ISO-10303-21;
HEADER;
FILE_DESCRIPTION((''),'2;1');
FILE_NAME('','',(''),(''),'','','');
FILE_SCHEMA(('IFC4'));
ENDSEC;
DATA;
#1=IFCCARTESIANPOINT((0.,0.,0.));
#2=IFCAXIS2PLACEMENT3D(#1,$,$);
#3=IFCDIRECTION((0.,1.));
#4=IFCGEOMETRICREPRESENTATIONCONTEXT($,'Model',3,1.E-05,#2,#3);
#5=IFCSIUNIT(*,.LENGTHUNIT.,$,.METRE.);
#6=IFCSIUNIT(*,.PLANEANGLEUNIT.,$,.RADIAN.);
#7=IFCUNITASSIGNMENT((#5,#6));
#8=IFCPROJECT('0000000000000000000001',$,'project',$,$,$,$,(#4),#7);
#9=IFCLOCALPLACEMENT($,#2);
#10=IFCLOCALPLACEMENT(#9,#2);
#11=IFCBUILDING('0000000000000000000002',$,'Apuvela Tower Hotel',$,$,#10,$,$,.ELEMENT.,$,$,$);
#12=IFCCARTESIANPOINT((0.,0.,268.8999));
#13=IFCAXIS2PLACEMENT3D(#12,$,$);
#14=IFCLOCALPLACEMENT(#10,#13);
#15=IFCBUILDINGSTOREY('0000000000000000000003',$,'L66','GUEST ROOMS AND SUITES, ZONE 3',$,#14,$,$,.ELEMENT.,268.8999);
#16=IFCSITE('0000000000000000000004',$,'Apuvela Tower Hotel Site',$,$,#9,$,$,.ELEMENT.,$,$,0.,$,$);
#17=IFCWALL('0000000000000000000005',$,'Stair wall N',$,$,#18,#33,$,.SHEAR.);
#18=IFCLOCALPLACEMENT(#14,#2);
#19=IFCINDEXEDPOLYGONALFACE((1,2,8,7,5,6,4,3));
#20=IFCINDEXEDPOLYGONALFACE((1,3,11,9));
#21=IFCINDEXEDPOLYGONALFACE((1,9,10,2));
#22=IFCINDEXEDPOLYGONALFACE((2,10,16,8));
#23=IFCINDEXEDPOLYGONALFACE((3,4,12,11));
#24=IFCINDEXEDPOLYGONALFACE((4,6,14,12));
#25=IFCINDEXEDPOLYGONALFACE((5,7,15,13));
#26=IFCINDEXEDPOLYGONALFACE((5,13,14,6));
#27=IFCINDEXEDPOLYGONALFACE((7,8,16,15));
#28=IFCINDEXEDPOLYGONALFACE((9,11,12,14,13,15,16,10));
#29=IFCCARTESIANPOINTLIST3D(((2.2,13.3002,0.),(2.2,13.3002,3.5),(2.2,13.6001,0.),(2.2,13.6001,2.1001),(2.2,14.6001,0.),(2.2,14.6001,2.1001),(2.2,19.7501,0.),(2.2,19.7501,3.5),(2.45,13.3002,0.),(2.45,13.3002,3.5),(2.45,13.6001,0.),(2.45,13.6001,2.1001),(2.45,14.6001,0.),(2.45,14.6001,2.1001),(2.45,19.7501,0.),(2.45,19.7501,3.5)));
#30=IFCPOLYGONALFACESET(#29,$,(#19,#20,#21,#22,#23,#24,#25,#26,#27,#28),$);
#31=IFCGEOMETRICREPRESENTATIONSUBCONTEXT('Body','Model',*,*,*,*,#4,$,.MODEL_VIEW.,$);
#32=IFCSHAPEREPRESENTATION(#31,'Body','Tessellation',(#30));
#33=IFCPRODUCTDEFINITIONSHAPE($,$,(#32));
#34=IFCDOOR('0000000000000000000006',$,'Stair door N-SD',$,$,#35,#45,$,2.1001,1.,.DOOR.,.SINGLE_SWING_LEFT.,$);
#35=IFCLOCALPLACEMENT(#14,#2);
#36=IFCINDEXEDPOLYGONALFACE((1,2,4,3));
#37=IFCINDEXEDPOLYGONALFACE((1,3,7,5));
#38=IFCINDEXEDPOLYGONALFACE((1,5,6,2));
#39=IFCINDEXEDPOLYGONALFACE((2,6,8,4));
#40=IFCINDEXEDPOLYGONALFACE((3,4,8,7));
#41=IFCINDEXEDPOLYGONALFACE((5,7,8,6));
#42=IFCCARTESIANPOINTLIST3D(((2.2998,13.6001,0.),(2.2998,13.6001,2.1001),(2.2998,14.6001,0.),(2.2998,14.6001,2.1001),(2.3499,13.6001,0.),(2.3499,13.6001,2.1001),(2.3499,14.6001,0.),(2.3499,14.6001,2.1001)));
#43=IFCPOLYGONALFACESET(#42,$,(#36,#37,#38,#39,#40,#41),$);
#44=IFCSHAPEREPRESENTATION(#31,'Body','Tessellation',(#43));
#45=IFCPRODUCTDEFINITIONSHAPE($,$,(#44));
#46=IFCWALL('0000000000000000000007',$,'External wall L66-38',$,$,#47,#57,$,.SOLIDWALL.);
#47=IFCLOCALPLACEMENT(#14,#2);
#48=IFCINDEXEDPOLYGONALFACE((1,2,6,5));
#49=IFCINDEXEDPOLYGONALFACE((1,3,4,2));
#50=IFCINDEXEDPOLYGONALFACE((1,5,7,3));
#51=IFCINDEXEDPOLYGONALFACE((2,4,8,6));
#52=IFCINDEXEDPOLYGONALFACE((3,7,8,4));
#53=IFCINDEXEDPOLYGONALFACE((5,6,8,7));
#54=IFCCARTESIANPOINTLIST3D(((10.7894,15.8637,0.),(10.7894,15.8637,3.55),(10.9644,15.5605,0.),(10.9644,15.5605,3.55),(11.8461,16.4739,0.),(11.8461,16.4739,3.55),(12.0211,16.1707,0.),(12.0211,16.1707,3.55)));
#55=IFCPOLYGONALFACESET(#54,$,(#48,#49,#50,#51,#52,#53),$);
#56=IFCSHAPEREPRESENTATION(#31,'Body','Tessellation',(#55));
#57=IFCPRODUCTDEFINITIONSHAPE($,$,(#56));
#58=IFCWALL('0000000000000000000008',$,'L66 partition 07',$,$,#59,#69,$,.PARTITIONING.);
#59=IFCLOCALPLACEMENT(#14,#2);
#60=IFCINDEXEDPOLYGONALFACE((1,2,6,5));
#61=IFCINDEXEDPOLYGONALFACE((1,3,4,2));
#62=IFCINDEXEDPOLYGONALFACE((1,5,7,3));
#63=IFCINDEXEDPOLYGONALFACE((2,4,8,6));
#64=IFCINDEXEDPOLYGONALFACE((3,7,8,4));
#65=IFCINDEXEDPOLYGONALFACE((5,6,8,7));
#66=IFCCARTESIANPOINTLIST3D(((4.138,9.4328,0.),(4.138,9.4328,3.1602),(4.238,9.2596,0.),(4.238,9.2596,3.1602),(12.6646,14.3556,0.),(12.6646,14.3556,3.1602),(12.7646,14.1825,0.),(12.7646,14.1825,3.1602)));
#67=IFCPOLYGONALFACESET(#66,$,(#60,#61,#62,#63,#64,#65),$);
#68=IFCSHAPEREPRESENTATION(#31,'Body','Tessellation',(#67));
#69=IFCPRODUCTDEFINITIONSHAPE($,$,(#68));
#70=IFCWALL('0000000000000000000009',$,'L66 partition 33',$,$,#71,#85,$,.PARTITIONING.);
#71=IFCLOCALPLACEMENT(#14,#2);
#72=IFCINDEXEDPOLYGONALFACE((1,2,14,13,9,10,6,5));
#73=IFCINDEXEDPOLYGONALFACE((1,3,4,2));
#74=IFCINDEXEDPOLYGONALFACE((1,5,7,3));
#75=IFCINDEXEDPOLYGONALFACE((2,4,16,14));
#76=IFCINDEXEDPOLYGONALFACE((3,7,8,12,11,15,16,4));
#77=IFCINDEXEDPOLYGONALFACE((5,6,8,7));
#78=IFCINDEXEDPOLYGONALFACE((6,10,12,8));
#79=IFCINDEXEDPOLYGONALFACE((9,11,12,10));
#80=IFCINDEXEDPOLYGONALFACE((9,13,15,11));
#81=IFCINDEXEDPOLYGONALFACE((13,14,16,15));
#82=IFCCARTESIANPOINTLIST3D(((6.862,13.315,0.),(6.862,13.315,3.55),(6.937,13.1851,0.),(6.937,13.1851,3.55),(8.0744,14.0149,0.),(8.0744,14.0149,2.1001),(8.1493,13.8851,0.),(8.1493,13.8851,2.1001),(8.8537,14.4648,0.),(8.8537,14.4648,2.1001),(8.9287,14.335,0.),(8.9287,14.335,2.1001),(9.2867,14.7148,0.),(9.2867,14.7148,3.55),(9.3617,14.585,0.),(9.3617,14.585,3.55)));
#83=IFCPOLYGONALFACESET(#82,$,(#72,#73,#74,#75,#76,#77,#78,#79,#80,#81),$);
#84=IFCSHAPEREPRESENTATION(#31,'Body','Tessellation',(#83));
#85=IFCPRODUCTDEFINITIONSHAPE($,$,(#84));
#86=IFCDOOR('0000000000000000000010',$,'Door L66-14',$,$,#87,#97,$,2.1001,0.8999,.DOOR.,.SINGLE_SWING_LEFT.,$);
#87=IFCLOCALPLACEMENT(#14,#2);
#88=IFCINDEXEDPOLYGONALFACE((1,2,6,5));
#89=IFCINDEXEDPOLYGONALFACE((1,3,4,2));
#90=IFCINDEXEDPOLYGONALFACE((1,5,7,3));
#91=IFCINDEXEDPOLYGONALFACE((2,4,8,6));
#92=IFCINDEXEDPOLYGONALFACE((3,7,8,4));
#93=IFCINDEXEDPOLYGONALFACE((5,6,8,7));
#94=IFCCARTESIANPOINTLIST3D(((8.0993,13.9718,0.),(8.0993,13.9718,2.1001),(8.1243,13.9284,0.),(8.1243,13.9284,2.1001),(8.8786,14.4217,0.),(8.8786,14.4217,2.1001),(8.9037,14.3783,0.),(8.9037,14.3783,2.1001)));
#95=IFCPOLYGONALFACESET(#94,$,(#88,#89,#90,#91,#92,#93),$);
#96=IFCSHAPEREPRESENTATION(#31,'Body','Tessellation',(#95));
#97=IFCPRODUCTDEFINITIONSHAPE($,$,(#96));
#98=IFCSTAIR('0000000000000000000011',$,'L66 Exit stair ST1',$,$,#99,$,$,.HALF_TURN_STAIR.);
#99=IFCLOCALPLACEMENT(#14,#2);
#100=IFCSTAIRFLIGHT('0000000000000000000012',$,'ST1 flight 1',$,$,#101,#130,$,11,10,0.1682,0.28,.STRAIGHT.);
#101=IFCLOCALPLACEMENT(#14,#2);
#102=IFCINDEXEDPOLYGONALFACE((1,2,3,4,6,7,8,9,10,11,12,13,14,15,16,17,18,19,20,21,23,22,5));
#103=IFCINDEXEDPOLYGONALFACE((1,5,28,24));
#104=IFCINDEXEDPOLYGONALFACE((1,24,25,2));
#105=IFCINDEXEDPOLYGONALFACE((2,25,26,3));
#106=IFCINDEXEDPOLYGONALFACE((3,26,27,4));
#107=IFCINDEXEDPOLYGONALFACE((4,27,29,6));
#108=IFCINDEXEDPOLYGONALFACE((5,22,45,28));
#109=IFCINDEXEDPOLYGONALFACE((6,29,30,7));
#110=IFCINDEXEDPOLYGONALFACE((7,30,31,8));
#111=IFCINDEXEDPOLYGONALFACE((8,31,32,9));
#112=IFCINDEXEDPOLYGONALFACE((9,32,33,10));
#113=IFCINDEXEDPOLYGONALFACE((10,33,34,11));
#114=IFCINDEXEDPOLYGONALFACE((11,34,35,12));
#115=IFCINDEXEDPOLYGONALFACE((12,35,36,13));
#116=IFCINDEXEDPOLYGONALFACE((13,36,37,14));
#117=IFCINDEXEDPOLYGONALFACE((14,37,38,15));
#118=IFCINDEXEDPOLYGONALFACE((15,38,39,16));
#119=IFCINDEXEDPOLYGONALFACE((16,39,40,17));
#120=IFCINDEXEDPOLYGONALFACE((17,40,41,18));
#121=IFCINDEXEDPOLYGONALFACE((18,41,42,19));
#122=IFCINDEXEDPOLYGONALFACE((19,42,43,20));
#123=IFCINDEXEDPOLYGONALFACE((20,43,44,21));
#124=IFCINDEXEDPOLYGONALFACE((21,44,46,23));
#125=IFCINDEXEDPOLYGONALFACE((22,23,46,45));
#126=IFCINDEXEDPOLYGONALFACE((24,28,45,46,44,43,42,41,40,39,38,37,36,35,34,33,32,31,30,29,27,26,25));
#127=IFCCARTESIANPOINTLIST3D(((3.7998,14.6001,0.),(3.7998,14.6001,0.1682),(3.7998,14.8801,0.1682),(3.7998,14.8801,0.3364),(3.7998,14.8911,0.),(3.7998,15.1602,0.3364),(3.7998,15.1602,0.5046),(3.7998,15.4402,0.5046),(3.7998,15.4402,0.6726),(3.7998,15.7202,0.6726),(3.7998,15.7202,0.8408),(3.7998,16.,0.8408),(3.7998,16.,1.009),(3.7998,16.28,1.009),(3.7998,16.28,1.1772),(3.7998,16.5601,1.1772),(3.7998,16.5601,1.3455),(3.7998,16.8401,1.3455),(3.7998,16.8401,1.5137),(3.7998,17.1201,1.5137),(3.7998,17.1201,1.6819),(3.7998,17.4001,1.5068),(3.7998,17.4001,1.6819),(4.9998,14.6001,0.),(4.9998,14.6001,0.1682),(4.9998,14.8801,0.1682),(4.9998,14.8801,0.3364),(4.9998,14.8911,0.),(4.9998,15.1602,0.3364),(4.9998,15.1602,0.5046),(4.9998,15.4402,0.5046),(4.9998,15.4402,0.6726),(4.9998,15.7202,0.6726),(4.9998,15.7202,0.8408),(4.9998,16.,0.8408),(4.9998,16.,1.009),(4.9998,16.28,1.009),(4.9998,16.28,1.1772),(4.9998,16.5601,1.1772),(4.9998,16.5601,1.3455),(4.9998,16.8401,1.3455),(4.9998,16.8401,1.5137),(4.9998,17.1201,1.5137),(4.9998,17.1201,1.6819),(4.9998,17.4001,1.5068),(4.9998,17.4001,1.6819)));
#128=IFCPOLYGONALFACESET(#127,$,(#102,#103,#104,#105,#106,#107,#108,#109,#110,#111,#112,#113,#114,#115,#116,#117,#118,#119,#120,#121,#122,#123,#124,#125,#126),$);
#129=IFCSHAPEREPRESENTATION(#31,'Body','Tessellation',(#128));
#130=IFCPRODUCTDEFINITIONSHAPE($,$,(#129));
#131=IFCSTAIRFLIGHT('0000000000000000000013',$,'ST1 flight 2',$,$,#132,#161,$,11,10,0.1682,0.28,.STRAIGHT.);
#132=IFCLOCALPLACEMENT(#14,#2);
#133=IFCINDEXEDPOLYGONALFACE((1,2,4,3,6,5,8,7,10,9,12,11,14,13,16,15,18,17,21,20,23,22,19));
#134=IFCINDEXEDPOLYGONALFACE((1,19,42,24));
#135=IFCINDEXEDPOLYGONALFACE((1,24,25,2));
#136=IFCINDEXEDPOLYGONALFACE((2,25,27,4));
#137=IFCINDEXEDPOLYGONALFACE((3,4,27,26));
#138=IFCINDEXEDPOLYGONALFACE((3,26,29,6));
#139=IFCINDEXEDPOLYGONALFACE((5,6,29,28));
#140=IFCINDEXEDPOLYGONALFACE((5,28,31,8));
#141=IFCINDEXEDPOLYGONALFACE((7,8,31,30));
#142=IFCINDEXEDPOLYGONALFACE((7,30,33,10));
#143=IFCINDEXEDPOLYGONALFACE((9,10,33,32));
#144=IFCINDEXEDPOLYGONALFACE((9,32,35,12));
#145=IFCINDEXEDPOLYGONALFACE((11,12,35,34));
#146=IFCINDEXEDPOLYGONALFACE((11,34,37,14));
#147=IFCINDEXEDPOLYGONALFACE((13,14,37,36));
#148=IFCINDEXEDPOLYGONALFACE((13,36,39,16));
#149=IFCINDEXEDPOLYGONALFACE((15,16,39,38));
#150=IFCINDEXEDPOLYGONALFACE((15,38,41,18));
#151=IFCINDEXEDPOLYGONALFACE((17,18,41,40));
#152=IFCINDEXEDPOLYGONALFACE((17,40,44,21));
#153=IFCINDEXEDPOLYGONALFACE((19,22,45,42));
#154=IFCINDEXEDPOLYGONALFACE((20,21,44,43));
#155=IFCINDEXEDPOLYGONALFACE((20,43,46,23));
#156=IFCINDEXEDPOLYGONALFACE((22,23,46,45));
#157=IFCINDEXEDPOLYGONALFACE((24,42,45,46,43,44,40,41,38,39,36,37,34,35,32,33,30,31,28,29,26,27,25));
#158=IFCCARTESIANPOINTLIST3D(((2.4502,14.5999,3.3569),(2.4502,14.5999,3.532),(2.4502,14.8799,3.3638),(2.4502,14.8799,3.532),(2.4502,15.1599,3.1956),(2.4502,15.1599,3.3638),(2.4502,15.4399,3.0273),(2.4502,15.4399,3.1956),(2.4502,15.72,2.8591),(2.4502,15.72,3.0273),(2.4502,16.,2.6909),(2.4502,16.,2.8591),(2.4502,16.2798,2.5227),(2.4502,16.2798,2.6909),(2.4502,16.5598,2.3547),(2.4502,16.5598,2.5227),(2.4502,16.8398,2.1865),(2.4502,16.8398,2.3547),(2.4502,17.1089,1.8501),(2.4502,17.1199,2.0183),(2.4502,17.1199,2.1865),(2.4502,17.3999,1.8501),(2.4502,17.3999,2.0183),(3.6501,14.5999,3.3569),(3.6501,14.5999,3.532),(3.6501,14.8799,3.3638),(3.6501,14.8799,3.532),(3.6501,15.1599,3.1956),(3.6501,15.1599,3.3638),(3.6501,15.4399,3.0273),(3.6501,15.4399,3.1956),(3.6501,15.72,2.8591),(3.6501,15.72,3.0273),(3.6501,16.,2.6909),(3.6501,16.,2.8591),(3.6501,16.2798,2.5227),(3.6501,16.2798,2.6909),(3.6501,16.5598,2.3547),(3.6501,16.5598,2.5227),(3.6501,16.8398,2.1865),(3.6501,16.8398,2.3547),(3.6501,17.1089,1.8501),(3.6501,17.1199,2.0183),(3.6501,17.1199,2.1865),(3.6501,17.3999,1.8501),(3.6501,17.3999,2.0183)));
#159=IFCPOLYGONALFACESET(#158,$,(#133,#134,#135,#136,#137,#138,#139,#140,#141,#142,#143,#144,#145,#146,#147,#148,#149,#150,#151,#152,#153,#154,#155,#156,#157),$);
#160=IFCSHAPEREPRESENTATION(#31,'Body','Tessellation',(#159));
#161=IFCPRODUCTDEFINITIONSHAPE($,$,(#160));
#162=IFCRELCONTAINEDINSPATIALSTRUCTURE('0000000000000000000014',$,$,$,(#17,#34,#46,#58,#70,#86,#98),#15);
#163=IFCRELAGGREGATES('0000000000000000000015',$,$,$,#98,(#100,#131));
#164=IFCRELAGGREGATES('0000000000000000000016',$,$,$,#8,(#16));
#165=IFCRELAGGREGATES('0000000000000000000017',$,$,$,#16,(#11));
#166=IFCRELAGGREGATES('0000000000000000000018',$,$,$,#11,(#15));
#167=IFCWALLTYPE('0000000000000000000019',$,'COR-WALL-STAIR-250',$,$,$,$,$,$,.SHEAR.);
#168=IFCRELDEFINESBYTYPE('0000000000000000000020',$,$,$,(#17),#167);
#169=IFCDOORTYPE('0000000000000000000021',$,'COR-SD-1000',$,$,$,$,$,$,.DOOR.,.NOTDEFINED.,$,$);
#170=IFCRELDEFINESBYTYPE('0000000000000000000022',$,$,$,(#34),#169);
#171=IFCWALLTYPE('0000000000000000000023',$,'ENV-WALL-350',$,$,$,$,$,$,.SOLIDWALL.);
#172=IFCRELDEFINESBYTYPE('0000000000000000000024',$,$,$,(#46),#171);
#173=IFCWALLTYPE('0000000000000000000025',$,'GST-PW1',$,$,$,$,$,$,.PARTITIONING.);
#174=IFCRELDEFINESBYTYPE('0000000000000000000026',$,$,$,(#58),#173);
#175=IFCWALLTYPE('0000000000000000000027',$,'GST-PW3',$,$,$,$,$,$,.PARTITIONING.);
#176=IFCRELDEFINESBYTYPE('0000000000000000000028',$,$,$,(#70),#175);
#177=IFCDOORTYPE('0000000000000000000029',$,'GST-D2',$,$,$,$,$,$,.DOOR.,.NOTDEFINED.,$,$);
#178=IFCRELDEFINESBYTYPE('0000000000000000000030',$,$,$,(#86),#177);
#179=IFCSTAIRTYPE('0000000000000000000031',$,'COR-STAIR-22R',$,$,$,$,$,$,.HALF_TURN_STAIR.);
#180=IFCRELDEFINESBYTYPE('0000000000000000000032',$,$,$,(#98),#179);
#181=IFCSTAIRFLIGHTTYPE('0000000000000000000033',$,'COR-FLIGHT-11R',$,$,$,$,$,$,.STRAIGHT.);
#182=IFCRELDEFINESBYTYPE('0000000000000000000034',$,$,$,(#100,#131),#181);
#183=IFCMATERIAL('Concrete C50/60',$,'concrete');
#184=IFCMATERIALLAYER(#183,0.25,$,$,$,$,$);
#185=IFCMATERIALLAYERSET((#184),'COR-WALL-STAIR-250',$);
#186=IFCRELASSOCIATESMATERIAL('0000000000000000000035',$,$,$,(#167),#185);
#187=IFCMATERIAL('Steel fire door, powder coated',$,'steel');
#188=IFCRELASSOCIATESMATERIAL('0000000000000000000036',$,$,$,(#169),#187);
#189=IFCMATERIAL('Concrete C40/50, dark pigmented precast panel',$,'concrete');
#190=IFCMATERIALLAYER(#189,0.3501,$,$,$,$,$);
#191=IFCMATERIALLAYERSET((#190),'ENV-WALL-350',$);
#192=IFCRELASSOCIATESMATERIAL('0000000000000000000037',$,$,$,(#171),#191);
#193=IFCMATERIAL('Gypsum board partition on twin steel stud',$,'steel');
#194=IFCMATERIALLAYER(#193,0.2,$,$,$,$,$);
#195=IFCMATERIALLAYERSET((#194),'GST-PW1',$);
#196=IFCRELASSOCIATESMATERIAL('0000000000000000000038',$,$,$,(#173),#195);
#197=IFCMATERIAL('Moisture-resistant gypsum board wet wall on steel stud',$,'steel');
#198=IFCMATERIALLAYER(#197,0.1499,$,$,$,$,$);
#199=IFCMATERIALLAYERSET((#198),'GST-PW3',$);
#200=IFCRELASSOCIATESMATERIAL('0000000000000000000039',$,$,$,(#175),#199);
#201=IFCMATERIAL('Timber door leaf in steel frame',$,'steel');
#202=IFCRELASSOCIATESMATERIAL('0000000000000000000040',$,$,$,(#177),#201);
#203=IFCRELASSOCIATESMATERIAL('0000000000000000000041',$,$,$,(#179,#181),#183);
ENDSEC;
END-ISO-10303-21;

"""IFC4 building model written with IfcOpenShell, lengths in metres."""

from ifc_helpers import new_model, si_unit, direction, frame, frame_2d, origin, place, context, subcontext, project, spatial, polyline, rectangle, outline, extrude, material, layer, layer_set, type_object, element, fill, aggregate, save


model = new_model("IFC4")

# Units and contexts
model_context = context("Model", 3, precision=1e-05, world=origin(), true_north=direction((0.0, 1.0)))
body_context = subcontext(model_context, "Body", "Model", "MODEL_VIEW")
ifc_project = project(units=[si_unit("LENGTHUNIT", "METRE"), si_unit("PLANEANGLEUNIT", "RADIAN")], contexts=[model_context])

# Site, building, storey
site_placement = place(None, origin())
site = spatial("IfcSite", under=ifc_project, at=site_placement, Name="Apuvela Tower Hotel Site", CompositionType="ELEMENT", RefElevation=0.0)
building_placement = place(site_placement, origin())
building = spatial("IfcBuilding", under=site, at=building_placement, Name="Apuvela Tower Hotel", CompositionType="ELEMENT")
storey_placement = place(building_placement, frame((0.0, 0.0, 268.8999)))
storey = spatial("IfcBuildingStorey", under=building, at=storey_placement, Name="L66", Description="GUEST ROOMS AND SUITES, ZONE 3", CompositionType="ELEMENT", Elevation=268.8999)

# Shared definitions
ifc_material_1 = material(Name="Concrete C50/60", Category="concrete")
ifc_material_2 = material(Name="Steel fire door, powder coated", Category="steel")

# Wall, opening, door
ifc_layer_1 = layer(ifc_material_1, 0.25)
ifc_layer_set_1 = layer_set([ifc_layer_1], Name="COR-WALL-STAIR-250")
wall_type_1 = type_object("IfcWallType", Name="COR-WALL-STAIR-250", PredefinedType="SHEAR", material=ifc_layer_set_1)
wall_1_placement = place(storey_placement, frame((2.325, 13.3, 0.0), z_axis=(0.0, 0.0, 1.0), x_axis=(0.0, 1.0, 0.0)))
wall_1 = element("IfcWall", 1, at=wall_1_placement, inside=storey, type_object=wall_type_1, Name="Stair wall N", PredefinedType="SHEAR", context=body_context, shape_type="SweptSolid", body=[
    extrude(rectangle(XDim=6.45, YDim=0.25, at=frame_2d((3.2251, 0.0))), origin(), (0.0, 0.0, 1.0), 3.5),
])
opening_1_placement = place(wall_1_placement, frame((0.3, 0.0, 0.0)))
opening_1 = element("IfcOpeningElement", 2, at=opening_1_placement, cuts=wall_1, PredefinedType="OPENING", context=body_context, shape_type="SweptSolid", body=[
    extrude(rectangle(XDim=1.0, YDim=2.1001, at=frame_2d((0.5, 1.05))), frame((0.0, 0.135, 0.0), z_axis=(0.0, -1.0, 0.0), x_axis=(1.0, 0.0, 0.0)), (0.0, 0.0, 1.0), 0.27),
])
door_type_1 = type_object("IfcDoorType", Name="COR-SD-1000", OperationType="NOTDEFINED", PredefinedType="DOOR", material=ifc_material_2)
door_1_placement = place(opening_1_placement, frame((1.0, 0.0, 0.0), z_axis=(0.0, 0.0, 1.0), x_axis=(-1.0, 0.0, 0.0)))
door_1 = element("IfcDoor", 3, at=door_1_placement, inside=storey, type_object=door_type_1, Name="Stair door N-SD", OperationType="SINGLE_SWING_LEFT", OverallHeight=2.1001, OverallWidth=1.0, PredefinedType="DOOR", context=body_context, shape_type="SweptSolid", body=[
    extrude(rectangle(XDim=1.0, YDim=2.1001, at=frame_2d((0.5, 1.05))), frame((0.0, 0.0249, 0.0), z_axis=(0.0, -1.0, 0.0), x_axis=(1.0, 0.0, 0.0)), (0.0, 0.0, 1.0), 0.05),
])
fill(opening_1, door_1)

# Wall
ifc_material_3 = material(Name="Concrete C40/50, dark pigmented precast panel", Category="concrete")
ifc_layer_2 = layer(ifc_material_3, 0.3501)
ifc_layer_set_2 = layer_set([ifc_layer_2], Name="ENV-WALL-350")
wall_type_2 = type_object("IfcWallType", Name="ENV-WALL-350", PredefinedType="SOLIDWALL", material=ifc_layer_set_2)
wall_2_placement = place(storey_placement, frame((11.9336, 16.3223, 0.0), z_axis=(0.0, 0.0, 1.0), x_axis=(-0.866006, -0.500034, 0.0)))
element("IfcWall", 4, at=wall_2_placement, inside=storey, type_object=wall_type_2, Name="External wall L66-38", PredefinedType="SOLIDWALL", context=body_context, shape_type="SweptSolid", body=[
    extrude(rectangle(XDim=1.2202, YDim=0.3501, at=frame_2d((0.6101, 0.0))), origin(), (0.0, 0.0, 1.0), 3.55),
])

# Wall
ifc_material_4 = material(Name="Gypsum board partition on twin steel stud", Category="steel")
ifc_layer_3 = layer(ifc_material_4, 0.2)
ifc_layer_set_3 = layer_set([ifc_layer_3], Name="GST-PW1")
wall_type_3 = type_object("IfcWallType", Name="GST-PW1", PredefinedType="PARTITIONING", material=ifc_layer_set_3)
wall_3_placement = place(storey_placement, frame((12.7146, 14.269, 0.0), z_axis=(0.0, 0.0, 1.0), x_axis=(-0.866025, -0.500001, 0.0)))
element("IfcWall", 5, at=wall_3_placement, inside=storey, type_object=wall_type_3, Name="L66 partition 07", PredefinedType="PARTITIONING", context=body_context, shape_type="SweptSolid", body=[
    extrude(rectangle(XDim=9.8457, YDim=0.2, at=frame_2d((4.9229, 0.0))), origin(), (0.0, 0.0, 1.0), 3.1602),
])

# Wall, opening, door
ifc_material_5 = material(Name="Moisture-resistant gypsum board wet wall on steel stud", Category="steel")
ifc_layer_4 = layer(ifc_material_5, 0.1499)
ifc_layer_set_4 = layer_set([ifc_layer_4], Name="GST-PW3")
wall_type_4 = type_object("IfcWallType", Name="GST-PW3", PredefinedType="PARTITIONING", material=ifc_layer_set_4)
wall_4_placement = place(storey_placement, frame((9.3242, 14.6499, 0.0), z_axis=(0.0, 0.0, 1.0), x_axis=(-0.866035, -0.499984, 0.0)))
wall_4 = element("IfcWall", 6, at=wall_4_placement, inside=storey, type_object=wall_type_4, Name="L66 partition 33", PredefinedType="PARTITIONING", context=body_context, shape_type="SweptSolid", body=[
    extrude(rectangle(XDim=2.7998, YDim=0.1499, at=frame_2d((1.3999, 0.0))), origin(), (0.0, 0.0, 1.0), 3.55),
])
opening_2_placement = place(wall_4_placement, frame((0.5, 0.0, 0.0)))
opening_2 = element("IfcOpeningElement", 7, at=opening_2_placement, cuts=wall_4, PredefinedType="OPENING", context=body_context, shape_type="SweptSolid", body=[
    extrude(rectangle(XDim=0.8999, YDim=2.1001, at=frame_2d((0.45, 1.05))), frame((0.0, 0.085, 0.0), z_axis=(0.0, -1.0, 0.0), x_axis=(1.0, 0.0, 0.0)), (0.0, 0.0, 1.0), 0.1699),
])
ifc_material_6 = material(Name="Timber door leaf in steel frame", Category="steel")
door_type_2 = type_object("IfcDoorType", Name="GST-D2", OperationType="NOTDEFINED", PredefinedType="DOOR", material=ifc_material_6)
door_2_placement = place(opening_2_placement, origin())
door_2 = element("IfcDoor", 8, at=door_2_placement, inside=storey, type_object=door_type_2, Name="Door L66-14", OperationType="SINGLE_SWING_LEFT", OverallHeight=2.1001, OverallWidth=0.8999, PredefinedType="DOOR", context=body_context, shape_type="SweptSolid", body=[
    extrude(rectangle(XDim=0.8999, YDim=2.1001, at=frame_2d((0.45, 1.05))), frame((0.0, 0.0249, 0.0), z_axis=(0.0, -1.0, 0.0), x_axis=(1.0, 0.0, 0.0)), (0.0, 0.0, 1.0), 0.05),
])
fill(opening_2, door_2)

# Stair, stair flights
stair_type = type_object("IfcStairType", Name="COR-STAIR-22R", PredefinedType="HALF_TURN_STAIR", material=ifc_material_1)
stair_placement = place(storey_placement, origin())
stair = element("IfcStair", 9, at=stair_placement, inside=storey, type_object=stair_type, Name="L66 Exit stair ST1", PredefinedType="HALF_TURN_STAIR")
stair_flight_type = type_object("IfcStairFlightType", Name="COR-FLIGHT-11R", PredefinedType="STRAIGHT", material=ifc_material_1)
stair_flight_1_placement = place(storey_placement, frame((4.3999, 14.6001, 0.0), z_axis=(0.0, 0.0, 1.0), x_axis=(0.0, 1.0, 0.0)))
stair_flight_1 = element("IfcStairFlight", 10, at=stair_flight_1_placement, type_object=stair_flight_type, Name="ST1 flight 1", NumberOfRisers=11, NumberOfTreads=10, PredefinedType="STRAIGHT", RiserHeight=0.1682, TreadLength=0.28, context=body_context, shape_type="SweptSolid", body=[
    extrude(outline(polyline([(0.0, 0.0), (0.0, 0.1682), (0.28, 0.1682), (0.28, 0.3364), (0.5601, 0.3364), (0.5601, 0.5046), (0.8401, 0.5046), (0.8401, 0.6726), (1.1201, 0.6726), (1.1201, 0.8408), (1.3999, 0.8408), (1.3999, 1.009), (1.6799, 1.009), (1.6799, 1.1772), (1.96, 1.1772), (1.96, 1.3455), (2.24, 1.3455), (2.24, 1.5137), (2.52, 1.5137), (2.52, 1.6819), (2.8, 1.6819), (2.8, 1.8501), (2.8, 1.5068), (0.291, 0.0), (0.0, 0.0)])), frame((0.0, 0.6001, 0.0), z_axis=(0.0, -1.0, 0.0), x_axis=(1.0, 0.0, 0.0)), (0.0, 0.0, 1.0), 1.2),
])
stair_flight_2_placement = place(storey_placement, frame((3.05, 17.3999, 1.8501), z_axis=(0.0, 0.0, 1.0), x_axis=(0.0, -1.0, 0.0)))
stair_flight_2 = element("IfcStairFlight", 11, at=stair_flight_2_placement, type_object=stair_flight_type, Name="ST1 flight 2", NumberOfRisers=11, NumberOfTreads=10, PredefinedType="STRAIGHT", RiserHeight=0.1682, TreadLength=0.28, context=body_context, shape_type="SweptSolid", body=[
    extrude(outline(polyline([(0.0, 0.0), (0.0, 0.1682), (0.28, 0.1682), (0.28, 0.3364), (0.5601, 0.3364), (0.5601, 0.5046), (0.8401, 0.5046), (0.8401, 0.6726), (1.1201, 0.6726), (1.1201, 0.8408), (1.3999, 0.8408), (1.3999, 1.009), (1.6799, 1.009), (1.6799, 1.1772), (1.96, 1.1772), (1.96, 1.3455), (2.24, 1.3455), (2.24, 1.5137), (2.52, 1.5137), (2.52, 1.6819), (2.8, 1.6819), (2.8, 1.8501), (2.8, 1.5068), (0.291, 0.0), (0.0, 0.0)])), frame((0.0, 0.6001, 0.0), z_axis=(0.0, -1.0, 0.0), x_axis=(1.0, 0.0, 0.0)), (0.0, 0.0, 1.0), 1.2),
])
aggregate(stair, [stair_flight_1, stair_flight_2])

save(model, "model.ifc")
